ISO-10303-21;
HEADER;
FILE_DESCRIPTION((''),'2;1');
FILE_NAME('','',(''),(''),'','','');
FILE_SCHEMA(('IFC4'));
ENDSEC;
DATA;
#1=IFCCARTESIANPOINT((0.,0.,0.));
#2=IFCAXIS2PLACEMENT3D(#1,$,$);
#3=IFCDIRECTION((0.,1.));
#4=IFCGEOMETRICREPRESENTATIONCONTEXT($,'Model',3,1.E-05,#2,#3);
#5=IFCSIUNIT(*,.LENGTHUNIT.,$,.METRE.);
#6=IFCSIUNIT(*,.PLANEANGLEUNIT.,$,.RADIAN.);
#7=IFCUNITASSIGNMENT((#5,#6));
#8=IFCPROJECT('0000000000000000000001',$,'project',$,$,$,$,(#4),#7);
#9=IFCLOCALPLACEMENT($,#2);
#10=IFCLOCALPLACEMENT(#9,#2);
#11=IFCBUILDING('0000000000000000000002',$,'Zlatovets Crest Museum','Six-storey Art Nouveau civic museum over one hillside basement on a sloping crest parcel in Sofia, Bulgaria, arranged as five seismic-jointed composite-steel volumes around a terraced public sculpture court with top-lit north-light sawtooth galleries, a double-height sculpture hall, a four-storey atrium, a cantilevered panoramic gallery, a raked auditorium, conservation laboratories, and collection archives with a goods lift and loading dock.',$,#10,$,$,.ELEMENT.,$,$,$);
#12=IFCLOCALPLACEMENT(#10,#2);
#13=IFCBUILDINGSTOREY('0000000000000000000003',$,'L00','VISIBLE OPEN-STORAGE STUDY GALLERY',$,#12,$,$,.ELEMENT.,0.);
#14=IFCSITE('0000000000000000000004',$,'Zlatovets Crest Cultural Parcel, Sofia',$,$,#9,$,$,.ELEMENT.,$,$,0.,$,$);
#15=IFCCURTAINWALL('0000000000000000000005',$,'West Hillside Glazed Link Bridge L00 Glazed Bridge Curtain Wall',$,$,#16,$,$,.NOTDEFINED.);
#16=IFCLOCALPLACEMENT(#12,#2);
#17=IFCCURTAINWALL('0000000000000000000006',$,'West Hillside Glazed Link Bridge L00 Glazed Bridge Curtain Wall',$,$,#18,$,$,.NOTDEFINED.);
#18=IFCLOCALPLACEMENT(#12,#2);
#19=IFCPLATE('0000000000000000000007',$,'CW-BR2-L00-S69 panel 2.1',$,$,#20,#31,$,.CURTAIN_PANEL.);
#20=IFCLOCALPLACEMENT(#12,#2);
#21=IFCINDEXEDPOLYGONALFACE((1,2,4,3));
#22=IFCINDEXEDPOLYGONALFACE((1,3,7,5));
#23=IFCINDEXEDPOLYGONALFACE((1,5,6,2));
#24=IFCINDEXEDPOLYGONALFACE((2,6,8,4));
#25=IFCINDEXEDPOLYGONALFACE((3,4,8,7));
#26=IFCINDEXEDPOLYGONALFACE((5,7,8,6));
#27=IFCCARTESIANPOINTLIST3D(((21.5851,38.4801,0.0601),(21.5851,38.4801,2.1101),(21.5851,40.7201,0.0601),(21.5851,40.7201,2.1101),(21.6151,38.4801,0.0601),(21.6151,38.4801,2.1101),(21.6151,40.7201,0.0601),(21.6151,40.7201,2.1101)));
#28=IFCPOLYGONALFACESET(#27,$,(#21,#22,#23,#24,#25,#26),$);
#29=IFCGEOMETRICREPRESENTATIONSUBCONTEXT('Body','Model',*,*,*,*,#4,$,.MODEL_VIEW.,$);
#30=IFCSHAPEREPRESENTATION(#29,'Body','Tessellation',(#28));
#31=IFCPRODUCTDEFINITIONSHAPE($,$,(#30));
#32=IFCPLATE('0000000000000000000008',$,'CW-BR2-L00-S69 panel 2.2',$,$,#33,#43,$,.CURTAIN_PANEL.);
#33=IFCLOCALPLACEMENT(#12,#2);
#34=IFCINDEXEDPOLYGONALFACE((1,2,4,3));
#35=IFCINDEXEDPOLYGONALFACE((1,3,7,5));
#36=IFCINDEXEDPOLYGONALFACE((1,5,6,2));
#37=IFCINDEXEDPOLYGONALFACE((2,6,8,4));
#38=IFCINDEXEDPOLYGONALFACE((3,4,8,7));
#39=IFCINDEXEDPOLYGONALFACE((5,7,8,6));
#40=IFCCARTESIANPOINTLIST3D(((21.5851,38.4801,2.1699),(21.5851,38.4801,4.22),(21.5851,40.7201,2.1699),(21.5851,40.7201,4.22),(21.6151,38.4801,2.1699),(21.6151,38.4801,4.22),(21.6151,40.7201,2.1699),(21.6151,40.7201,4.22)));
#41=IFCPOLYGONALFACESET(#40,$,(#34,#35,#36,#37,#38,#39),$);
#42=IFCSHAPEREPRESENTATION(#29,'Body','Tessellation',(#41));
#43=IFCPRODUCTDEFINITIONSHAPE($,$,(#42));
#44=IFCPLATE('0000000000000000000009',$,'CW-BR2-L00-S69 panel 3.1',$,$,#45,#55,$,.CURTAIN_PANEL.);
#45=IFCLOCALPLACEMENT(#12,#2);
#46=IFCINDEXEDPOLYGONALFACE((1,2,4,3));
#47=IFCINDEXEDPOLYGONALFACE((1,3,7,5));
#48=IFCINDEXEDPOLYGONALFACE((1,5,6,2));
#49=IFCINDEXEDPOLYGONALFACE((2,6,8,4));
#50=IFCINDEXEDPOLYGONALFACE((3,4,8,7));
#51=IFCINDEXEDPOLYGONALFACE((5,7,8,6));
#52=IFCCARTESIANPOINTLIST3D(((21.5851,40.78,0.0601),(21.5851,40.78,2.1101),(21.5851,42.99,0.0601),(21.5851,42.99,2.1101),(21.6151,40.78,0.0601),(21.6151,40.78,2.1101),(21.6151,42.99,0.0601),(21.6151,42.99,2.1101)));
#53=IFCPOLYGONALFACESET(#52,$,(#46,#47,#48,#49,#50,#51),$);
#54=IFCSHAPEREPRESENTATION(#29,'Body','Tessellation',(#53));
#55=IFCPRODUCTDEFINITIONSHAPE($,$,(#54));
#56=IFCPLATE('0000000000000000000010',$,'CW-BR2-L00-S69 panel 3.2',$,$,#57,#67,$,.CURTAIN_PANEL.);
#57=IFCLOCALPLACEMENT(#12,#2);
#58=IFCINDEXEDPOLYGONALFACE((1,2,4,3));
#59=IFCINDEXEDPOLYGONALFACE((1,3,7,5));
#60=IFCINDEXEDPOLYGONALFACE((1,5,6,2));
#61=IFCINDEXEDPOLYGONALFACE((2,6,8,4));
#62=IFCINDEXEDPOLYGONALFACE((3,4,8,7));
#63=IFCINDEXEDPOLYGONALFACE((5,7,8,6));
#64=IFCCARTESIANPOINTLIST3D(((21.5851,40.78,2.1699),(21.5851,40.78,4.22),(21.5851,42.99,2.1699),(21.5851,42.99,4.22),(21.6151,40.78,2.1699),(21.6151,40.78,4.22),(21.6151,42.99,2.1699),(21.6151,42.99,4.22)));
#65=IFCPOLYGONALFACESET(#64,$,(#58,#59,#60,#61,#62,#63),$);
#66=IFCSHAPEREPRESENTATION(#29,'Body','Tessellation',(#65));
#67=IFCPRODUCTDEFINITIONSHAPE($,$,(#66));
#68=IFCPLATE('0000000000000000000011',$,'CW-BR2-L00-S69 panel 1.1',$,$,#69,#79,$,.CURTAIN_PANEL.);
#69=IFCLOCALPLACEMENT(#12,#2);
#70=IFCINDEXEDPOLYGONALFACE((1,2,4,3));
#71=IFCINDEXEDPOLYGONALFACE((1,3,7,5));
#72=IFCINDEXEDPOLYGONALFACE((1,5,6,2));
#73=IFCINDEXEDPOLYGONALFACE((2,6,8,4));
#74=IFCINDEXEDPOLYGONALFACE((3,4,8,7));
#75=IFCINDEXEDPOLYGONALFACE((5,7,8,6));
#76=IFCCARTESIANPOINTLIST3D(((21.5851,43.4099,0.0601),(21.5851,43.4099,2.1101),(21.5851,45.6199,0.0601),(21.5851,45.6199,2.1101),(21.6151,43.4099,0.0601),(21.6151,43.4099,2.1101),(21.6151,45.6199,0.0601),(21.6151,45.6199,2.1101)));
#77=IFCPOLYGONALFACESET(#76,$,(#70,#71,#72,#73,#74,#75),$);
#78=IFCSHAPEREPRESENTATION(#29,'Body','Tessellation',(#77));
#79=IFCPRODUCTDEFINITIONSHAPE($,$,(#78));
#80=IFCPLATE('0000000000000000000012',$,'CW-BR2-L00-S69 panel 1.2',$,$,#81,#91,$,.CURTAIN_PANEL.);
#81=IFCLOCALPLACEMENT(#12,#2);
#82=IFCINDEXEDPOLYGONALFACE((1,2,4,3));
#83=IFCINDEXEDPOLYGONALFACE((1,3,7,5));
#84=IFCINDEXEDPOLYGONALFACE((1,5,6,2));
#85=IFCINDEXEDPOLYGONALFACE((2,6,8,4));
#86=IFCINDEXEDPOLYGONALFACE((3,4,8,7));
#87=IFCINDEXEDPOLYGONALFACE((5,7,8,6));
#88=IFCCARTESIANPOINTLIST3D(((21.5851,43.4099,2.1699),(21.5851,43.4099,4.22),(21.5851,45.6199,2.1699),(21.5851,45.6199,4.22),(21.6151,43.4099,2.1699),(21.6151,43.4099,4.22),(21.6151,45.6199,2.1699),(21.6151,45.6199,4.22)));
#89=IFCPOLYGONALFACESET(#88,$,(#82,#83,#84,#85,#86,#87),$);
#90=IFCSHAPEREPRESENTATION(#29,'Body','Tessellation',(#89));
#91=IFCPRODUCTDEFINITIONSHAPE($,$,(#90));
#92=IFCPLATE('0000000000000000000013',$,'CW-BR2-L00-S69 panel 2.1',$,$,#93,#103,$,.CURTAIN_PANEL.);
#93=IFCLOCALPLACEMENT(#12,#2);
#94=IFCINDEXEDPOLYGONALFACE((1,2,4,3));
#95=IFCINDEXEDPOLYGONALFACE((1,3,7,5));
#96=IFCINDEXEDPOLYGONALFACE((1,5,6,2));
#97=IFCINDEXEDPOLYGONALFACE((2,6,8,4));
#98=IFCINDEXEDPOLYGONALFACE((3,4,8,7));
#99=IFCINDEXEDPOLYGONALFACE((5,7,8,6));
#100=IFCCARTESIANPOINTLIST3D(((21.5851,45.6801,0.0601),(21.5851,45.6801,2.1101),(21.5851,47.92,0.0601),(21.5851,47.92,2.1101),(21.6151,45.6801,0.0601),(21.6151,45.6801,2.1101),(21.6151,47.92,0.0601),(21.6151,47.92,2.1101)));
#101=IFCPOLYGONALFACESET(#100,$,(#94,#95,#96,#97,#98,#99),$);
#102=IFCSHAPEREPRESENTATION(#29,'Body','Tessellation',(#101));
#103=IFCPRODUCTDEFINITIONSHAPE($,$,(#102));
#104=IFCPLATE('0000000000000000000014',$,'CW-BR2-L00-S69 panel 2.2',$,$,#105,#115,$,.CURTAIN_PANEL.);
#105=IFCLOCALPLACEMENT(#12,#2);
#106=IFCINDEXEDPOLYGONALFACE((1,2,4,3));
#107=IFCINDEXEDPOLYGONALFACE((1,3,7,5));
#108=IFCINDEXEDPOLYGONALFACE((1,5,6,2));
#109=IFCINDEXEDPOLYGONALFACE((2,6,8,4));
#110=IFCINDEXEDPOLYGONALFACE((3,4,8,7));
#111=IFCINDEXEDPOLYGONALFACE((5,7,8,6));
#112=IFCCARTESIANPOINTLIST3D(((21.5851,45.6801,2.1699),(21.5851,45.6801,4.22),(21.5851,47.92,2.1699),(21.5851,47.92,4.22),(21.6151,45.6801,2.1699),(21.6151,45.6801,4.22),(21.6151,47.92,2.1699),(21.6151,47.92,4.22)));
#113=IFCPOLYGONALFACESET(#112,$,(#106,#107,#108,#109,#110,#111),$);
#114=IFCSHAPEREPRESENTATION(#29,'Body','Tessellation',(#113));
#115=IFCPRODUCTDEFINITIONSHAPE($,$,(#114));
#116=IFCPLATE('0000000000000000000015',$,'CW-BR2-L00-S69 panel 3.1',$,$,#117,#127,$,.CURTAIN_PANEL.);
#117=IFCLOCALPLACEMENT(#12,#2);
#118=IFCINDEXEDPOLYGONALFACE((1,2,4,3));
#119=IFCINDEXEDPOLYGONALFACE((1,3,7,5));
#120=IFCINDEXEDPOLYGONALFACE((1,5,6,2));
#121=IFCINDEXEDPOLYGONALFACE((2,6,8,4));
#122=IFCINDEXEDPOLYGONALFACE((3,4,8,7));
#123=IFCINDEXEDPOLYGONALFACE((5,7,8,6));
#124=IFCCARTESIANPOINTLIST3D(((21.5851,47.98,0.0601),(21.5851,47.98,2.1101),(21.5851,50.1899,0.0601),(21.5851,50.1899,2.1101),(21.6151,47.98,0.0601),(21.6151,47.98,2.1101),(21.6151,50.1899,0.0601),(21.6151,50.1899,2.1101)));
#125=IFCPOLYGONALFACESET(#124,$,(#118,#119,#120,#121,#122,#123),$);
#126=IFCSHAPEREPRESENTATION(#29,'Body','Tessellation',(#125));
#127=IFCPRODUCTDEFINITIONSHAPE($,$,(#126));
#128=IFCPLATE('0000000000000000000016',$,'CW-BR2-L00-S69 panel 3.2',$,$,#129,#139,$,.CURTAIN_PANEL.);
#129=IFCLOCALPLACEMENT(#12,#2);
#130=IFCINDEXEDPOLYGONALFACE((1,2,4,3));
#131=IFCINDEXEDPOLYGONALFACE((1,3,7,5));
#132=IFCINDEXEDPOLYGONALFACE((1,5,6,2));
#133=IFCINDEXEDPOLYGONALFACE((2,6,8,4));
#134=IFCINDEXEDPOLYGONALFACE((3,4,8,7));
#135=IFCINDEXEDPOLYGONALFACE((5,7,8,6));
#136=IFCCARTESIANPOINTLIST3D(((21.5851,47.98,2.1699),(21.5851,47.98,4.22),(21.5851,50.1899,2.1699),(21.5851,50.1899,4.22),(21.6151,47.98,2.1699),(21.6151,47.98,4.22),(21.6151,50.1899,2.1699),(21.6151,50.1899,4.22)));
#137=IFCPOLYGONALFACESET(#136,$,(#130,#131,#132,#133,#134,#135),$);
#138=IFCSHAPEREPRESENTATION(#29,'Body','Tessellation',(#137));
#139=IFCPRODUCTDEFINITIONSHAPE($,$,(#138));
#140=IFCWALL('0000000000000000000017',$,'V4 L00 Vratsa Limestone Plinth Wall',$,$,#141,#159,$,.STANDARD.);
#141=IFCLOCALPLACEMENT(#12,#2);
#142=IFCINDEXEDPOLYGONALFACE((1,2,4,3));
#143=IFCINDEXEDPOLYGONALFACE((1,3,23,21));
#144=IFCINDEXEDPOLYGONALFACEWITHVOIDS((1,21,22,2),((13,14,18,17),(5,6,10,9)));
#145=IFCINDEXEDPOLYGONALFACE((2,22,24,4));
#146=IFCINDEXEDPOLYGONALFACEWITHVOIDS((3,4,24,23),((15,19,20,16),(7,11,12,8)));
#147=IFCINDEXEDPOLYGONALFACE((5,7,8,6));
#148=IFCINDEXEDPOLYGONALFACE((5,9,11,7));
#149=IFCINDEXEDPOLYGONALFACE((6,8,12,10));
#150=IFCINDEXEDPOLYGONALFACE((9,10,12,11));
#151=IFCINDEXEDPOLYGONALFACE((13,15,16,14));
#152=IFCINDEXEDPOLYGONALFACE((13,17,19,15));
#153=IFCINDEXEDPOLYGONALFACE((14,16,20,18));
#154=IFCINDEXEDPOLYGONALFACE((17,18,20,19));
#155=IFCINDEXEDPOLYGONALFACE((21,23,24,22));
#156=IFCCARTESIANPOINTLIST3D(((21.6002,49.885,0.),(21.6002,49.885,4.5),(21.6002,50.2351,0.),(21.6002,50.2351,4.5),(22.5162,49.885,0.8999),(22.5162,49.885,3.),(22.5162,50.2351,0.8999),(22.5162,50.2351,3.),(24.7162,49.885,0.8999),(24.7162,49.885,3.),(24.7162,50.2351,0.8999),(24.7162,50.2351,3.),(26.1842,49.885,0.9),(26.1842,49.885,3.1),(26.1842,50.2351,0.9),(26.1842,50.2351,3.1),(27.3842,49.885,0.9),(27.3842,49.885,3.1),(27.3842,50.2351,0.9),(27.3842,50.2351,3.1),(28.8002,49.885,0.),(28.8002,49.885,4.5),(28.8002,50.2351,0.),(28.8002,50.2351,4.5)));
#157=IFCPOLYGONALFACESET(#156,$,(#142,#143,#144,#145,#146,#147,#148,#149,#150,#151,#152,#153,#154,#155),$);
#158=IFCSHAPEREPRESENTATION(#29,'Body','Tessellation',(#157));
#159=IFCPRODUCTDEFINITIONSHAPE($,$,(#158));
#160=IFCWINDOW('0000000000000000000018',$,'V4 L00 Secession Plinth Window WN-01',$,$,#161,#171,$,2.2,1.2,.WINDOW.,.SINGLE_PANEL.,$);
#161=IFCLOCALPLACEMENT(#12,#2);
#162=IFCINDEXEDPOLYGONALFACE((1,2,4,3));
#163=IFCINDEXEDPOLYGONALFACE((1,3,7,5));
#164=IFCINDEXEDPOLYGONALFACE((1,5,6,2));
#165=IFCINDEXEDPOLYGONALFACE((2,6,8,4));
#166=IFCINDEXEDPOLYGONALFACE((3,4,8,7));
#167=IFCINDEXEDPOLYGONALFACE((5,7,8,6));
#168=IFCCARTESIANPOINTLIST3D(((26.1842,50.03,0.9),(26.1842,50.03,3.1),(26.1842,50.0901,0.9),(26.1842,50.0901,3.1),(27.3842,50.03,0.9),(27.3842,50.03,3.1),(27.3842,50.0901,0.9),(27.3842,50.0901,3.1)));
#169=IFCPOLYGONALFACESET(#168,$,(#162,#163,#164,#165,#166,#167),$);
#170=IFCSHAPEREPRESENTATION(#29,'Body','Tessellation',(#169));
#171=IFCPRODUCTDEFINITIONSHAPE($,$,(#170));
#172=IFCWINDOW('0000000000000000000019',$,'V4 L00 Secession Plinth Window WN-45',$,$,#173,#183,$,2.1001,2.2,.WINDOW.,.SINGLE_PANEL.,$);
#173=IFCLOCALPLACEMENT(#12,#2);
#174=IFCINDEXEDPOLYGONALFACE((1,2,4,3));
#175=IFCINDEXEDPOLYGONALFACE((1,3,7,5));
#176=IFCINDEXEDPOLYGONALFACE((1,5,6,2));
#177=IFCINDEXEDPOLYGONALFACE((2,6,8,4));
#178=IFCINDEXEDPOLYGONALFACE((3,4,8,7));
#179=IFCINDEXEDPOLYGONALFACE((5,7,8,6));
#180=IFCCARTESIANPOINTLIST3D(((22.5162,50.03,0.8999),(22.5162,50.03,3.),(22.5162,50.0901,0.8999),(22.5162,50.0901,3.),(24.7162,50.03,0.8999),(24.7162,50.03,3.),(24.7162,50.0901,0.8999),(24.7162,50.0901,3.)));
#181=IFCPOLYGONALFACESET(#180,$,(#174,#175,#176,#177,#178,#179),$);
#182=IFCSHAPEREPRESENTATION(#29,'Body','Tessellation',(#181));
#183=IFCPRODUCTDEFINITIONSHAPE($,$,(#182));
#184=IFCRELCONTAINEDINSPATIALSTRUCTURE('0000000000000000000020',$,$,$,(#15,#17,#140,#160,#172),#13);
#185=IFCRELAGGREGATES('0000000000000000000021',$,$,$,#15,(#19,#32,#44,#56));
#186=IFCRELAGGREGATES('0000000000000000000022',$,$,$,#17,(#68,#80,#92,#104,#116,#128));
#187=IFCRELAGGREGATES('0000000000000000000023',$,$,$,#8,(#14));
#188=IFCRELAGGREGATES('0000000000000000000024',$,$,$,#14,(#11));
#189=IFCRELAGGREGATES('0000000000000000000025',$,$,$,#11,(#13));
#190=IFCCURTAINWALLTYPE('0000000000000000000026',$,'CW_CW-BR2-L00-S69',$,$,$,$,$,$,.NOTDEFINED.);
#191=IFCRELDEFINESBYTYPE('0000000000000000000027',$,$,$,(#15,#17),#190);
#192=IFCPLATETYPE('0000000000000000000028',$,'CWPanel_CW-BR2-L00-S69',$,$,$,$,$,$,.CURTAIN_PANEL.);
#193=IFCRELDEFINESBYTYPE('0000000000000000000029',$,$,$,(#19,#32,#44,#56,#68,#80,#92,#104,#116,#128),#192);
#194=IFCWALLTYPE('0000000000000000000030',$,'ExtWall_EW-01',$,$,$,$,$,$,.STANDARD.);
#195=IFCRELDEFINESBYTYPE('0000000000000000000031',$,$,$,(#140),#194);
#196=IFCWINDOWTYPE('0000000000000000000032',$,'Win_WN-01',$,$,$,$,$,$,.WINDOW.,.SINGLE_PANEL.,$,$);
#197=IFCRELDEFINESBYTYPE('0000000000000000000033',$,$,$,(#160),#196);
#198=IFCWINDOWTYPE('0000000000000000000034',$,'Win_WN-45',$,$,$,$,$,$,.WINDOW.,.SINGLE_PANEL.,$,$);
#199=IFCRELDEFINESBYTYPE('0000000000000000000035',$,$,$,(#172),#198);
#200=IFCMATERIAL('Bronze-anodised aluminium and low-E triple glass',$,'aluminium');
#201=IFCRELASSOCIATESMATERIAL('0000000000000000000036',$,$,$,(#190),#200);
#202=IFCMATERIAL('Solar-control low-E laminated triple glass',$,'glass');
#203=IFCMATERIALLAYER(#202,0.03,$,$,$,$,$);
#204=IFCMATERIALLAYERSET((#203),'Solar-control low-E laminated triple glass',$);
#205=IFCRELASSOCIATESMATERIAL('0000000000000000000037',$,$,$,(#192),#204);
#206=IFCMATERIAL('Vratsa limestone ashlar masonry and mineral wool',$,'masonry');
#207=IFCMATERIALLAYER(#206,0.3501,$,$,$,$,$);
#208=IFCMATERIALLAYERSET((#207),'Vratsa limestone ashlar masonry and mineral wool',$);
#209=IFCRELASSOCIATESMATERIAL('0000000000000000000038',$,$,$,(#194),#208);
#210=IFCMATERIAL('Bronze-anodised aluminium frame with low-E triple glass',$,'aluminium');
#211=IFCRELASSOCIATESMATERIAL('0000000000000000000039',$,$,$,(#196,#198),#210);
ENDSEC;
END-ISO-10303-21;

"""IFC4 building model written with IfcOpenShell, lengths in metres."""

from ifc_helpers import new_model, si_unit, direction, frame, frame_2d, origin, origin_2d, place, context, subcontext, project, spatial, rectangle, extrude, material, layer, layer_set, type_object, element, fill, aggregate, save


model = new_model("IFC4")

# Units and contexts
model_context = context("Model", 3, precision=1e-05, world=origin(), true_north=direction((0.0, 1.0)))
body_context = subcontext(model_context, "Body", "Model", "MODEL_VIEW")
ifc_project = project(units=[si_unit("LENGTHUNIT", "METRE"), si_unit("PLANEANGLEUNIT", "RADIAN")], contexts=[model_context])

# Site, building, storey
site_placement = place(None, origin())
site = spatial("IfcSite", under=ifc_project, at=site_placement, Name="Zlatovets Crest Cultural Parcel, Sofia", CompositionType="ELEMENT", RefElevation=0.0)
building_placement = place(site_placement, origin())
building = spatial("IfcBuilding", under=site, at=building_placement, Name="Zlatovets Crest Museum", Description="Six-storey Art Nouveau civic museum over one hillside basement on a sloping crest parcel in Sofia, Bulgaria, arranged as five seismic-jointed composite-steel volumes around a terraced public sculpture court with top-lit north-light sawtooth galleries, a double-height sculpture hall, a four-storey atrium, a cantilevered panoramic gallery, a raked auditorium, conservation laboratories, and collection archives with a goods lift and loading dock.", CompositionType="ELEMENT")
storey_placement = place(building_placement, origin())
storey = spatial("IfcBuildingStorey", under=building, at=storey_placement, Name="L00", Description="VISIBLE OPEN-STORAGE STUDY GALLERY", CompositionType="ELEMENT", Elevation=0.0)

# Curtain walls
ifc_material_1 = material(Name="Bronze-anodised aluminium and low-E triple glass", Category="aluminium")
curtain_wall_type = type_object("IfcCurtainWallType", Name="CW_CW-BR2-L00-S69", PredefinedType="NOTDEFINED", material=ifc_material_1)
curtain_wall_1_placement = place(storey_placement, origin())
curtain_wall_1 = element("IfcCurtainWall", 1, at=curtain_wall_1_placement, inside=storey, type_object=curtain_wall_type, Name="West Hillside Glazed Link Bridge L00 Glazed Bridge Curtain Wall", PredefinedType="NOTDEFINED")
curtain_wall_2_placement = place(storey_placement, origin())
curtain_wall_2 = element("IfcCurtainWall", 2, at=curtain_wall_2_placement, inside=storey, type_object=curtain_wall_type, Name="West Hillside Glazed Link Bridge L00 Glazed Bridge Curtain Wall", PredefinedType="NOTDEFINED")

# Plates
ifc_material_2 = material(Name="Solar-control low-E laminated triple glass", Category="glass")
ifc_layer_1 = layer(ifc_material_2, 0.03)
ifc_layer_set_1 = layer_set([ifc_layer_1], Name="Solar-control low-E laminated triple glass")
plate_type = type_object("IfcPlateType", Name="CWPanel_CW-BR2-L00-S69", PredefinedType="CURTAIN_PANEL", material=ifc_layer_set_1)
plate_1_placement = place(storey_placement, frame((21.6001, 39.6001, 0.0601), z_axis=(0.0, 0.0, 1.0), x_axis=(0.0, 1.0, 0.0)))
plate_1 = element("IfcPlate", 3, at=plate_1_placement, type_object=plate_type, Name="CW-BR2-L00-S69 panel 2.1", PredefinedType="CURTAIN_PANEL", context=body_context, shape_type="SweptSolid", body=[
    extrude(rectangle(XDim=2.24, YDim=0.03, at=origin_2d()), origin(), (0.0, 0.0, 1.0), 2.05),
])
plate_2_placement = place(storey_placement, frame((21.6001, 39.6001, 2.1699), z_axis=(0.0, 0.0, 1.0), x_axis=(0.0, 1.0, 0.0)))
plate_2 = element("IfcPlate", 4, at=plate_2_placement, type_object=plate_type, Name="CW-BR2-L00-S69 panel 2.2", PredefinedType="CURTAIN_PANEL", context=body_context, shape_type="SweptSolid", body=[
    extrude(rectangle(XDim=2.24, YDim=0.03, at=origin_2d()), origin(), (0.0, 0.0, 1.0), 2.05),
])
plate_3_placement = place(storey_placement, frame((21.6001, 41.885, 0.0601), z_axis=(0.0, 0.0, 1.0), x_axis=(0.0, 1.0, 0.0)))
plate_3 = element("IfcPlate", 5, at=plate_3_placement, type_object=plate_type, Name="CW-BR2-L00-S69 panel 3.1", PredefinedType="CURTAIN_PANEL", context=body_context, shape_type="SweptSolid", body=[
    extrude(rectangle(XDim=2.21, YDim=0.03, at=origin_2d()), origin(), (0.0, 0.0, 1.0), 2.05),
])
plate_4_placement = place(storey_placement, frame((21.6001, 41.885, 2.1699), z_axis=(0.0, 0.0, 1.0), x_axis=(0.0, 1.0, 0.0)))
plate_4 = element("IfcPlate", 6, at=plate_4_placement, type_object=plate_type, Name="CW-BR2-L00-S69 panel 3.2", PredefinedType="CURTAIN_PANEL", context=body_context, shape_type="SweptSolid", body=[
    extrude(rectangle(XDim=2.21, YDim=0.03, at=origin_2d()), origin(), (0.0, 0.0, 1.0), 2.05),
])
aggregate(curtain_wall_1, [plate_1, plate_2, plate_3, plate_4])
plate_5_placement = place(storey_placement, frame((21.6001, 44.5149, 0.0601), z_axis=(0.0, 0.0, 1.0), x_axis=(0.0, 1.0, 0.0)))
plate_5 = element("IfcPlate", 7, at=plate_5_placement, type_object=plate_type, Name="CW-BR2-L00-S69 panel 1.1", PredefinedType="CURTAIN_PANEL", context=body_context, shape_type="SweptSolid", body=[
    extrude(rectangle(XDim=2.21, YDim=0.03, at=origin_2d()), origin(), (0.0, 0.0, 1.0), 2.05),
])
plate_6_placement = place(storey_placement, frame((21.6001, 44.5149, 2.1699), z_axis=(0.0, 0.0, 1.0), x_axis=(0.0, 1.0, 0.0)))
plate_6 = element("IfcPlate", 8, at=plate_6_placement, type_object=plate_type, Name="CW-BR2-L00-S69 panel 1.2", PredefinedType="CURTAIN_PANEL", context=body_context, shape_type="SweptSolid", body=[
    extrude(rectangle(XDim=2.21, YDim=0.03, at=origin_2d()), origin(), (0.0, 0.0, 1.0), 2.05),
])
plate_7_placement = place(storey_placement, frame((21.6001, 46.8, 0.0601), z_axis=(0.0, 0.0, 1.0), x_axis=(0.0, 1.0, 0.0)))
plate_7 = element("IfcPlate", 9, at=plate_7_placement, type_object=plate_type, Name="CW-BR2-L00-S69 panel 2.1", PredefinedType="CURTAIN_PANEL", context=body_context, shape_type="SweptSolid", body=[
    extrude(rectangle(XDim=2.24, YDim=0.03, at=origin_2d()), origin(), (0.0, 0.0, 1.0), 2.05),
])
plate_8_placement = place(storey_placement, frame((21.6001, 46.8, 2.1699), z_axis=(0.0, 0.0, 1.0), x_axis=(0.0, 1.0, 0.0)))
plate_8 = element("IfcPlate", 10, at=plate_8_placement, type_object=plate_type, Name="CW-BR2-L00-S69 panel 2.2", PredefinedType="CURTAIN_PANEL", context=body_context, shape_type="SweptSolid", body=[
    extrude(rectangle(XDim=2.24, YDim=0.03, at=origin_2d()), origin(), (0.0, 0.0, 1.0), 2.05),
])
plate_9_placement = place(storey_placement, frame((21.6001, 49.085, 0.0601), z_axis=(0.0, 0.0, 1.0), x_axis=(0.0, 1.0, 0.0)))
plate_9 = element("IfcPlate", 11, at=plate_9_placement, type_object=plate_type, Name="CW-BR2-L00-S69 panel 3.1", PredefinedType="CURTAIN_PANEL", context=body_context, shape_type="SweptSolid", body=[
    extrude(rectangle(XDim=2.21, YDim=0.03, at=origin_2d()), origin(), (0.0, 0.0, 1.0), 2.05),
])
plate_10_placement = place(storey_placement, frame((21.6001, 49.085, 2.1699), z_axis=(0.0, 0.0, 1.0), x_axis=(0.0, 1.0, 0.0)))
plate_10 = element("IfcPlate", 12, at=plate_10_placement, type_object=plate_type, Name="CW-BR2-L00-S69 panel 3.2", PredefinedType="CURTAIN_PANEL", context=body_context, shape_type="SweptSolid", body=[
    extrude(rectangle(XDim=2.21, YDim=0.03, at=origin_2d()), origin(), (0.0, 0.0, 1.0), 2.05),
])
aggregate(curtain_wall_2, [plate_5, plate_6, plate_7, plate_8, plate_9, plate_10])

# Wall, openings, windows
ifc_material_3 = material(Name="Vratsa limestone ashlar masonry and mineral wool", Category="masonry")
ifc_layer_2 = layer(ifc_material_3, 0.3501)
ifc_layer_set_2 = layer_set([ifc_layer_2], Name="Vratsa limestone ashlar masonry and mineral wool")
wall_type = type_object("IfcWallType", Name="ExtWall_EW-01", PredefinedType="STANDARD", material=ifc_layer_set_2)
wall_placement = place(storey_placement, frame((21.6001, 50.0601, 0.0), z_axis=(0.0, 0.0, 1.0), x_axis=(1.0, 0.0, 0.0)))
wall = element("IfcWall", 13, at=wall_placement, inside=storey, type_object=wall_type, Name="V4 L00 Vratsa Limestone Plinth Wall", PredefinedType="STANDARD", context=body_context, shape_type="SweptSolid", body=[
    extrude(rectangle(XDim=7.2, YDim=0.3501, at=frame_2d((3.6001, 0.0))), origin(), (0.0, 0.0, 1.0), 4.5),
])
opening_1_placement = place(wall_placement, frame((0.916, 0.0, 0.8999)))
opening_1 = element("IfcOpeningElement", 14, at=opening_1_placement, cuts=wall, PredefinedType="OPENING", context=body_context, shape_type="SweptSolid", body=[
    extrude(rectangle(XDim=2.2, YDim=2.1001, at=frame_2d((1.1001, 1.05))), frame((0.0, 0.1851, 0.0), z_axis=(0.0, -1.0, 0.0), x_axis=(1.0, 0.0, 0.0)), (0.0, 0.0, 1.0), 0.3701),
])
opening_2_placement = place(wall_placement, frame((4.584, 0.0, 0.8999)))
opening_2 = element("IfcOpeningElement", 15, at=opening_2_placement, cuts=wall, PredefinedType="OPENING", context=body_context, shape_type="SweptSolid", body=[
    extrude(rectangle(XDim=1.2, YDim=2.2, at=frame_2d((0.6001, 1.1001))), frame((0.0, 0.1851, 0.0), z_axis=(0.0, -1.0, 0.0), x_axis=(1.0, 0.0, 0.0)), (0.0, 0.0, 1.0), 0.3701),
])
ifc_material_4 = material(Name="Bronze-anodised aluminium frame with low-E triple glass", Category="aluminium")
window_type_1 = type_object("IfcWindowType", Name="Win_WN-01", PartitioningType="SINGLE_PANEL", PredefinedType="WINDOW", material=ifc_material_4)
window_1_placement = place(opening_2_placement, origin())
window_1 = element("IfcWindow", 16, at=window_1_placement, inside=storey, type_object=window_type_1, Name="V4 L00 Secession Plinth Window WN-01", OverallHeight=2.2, OverallWidth=1.2, PartitioningType="SINGLE_PANEL", PredefinedType="WINDOW", context=body_context, shape_type="SweptSolid", body=[
    extrude(rectangle(XDim=1.2, YDim=2.2, at=frame_2d((0.6001, 1.1001))), frame((0.0, 0.03, 0.0), z_axis=(0.0, -1.0, 0.0), x_axis=(1.0, 0.0, 0.0)), (0.0, 0.0, 1.0), 0.0601),
])
fill(opening_2, window_1)
window_type_2 = type_object("IfcWindowType", Name="Win_WN-45", PartitioningType="SINGLE_PANEL", PredefinedType="WINDOW", material=ifc_material_4)
window_2_placement = place(opening_1_placement, origin())
window_2 = element("IfcWindow", 17, at=window_2_placement, inside=storey, type_object=window_type_2, Name="V4 L00 Secession Plinth Window WN-45", OverallHeight=2.1001, OverallWidth=2.2, PartitioningType="SINGLE_PANEL", PredefinedType="WINDOW", context=body_context, shape_type="SweptSolid", body=[
    extrude(rectangle(XDim=2.2, YDim=2.1001, at=frame_2d((1.1001, 1.05))), frame((0.0, 0.03, 0.0), z_axis=(0.0, -1.0, 0.0), x_axis=(1.0, 0.0, 0.0)), (0.0, 0.0, 1.0), 0.0601),
])
fill(opening_1, window_2)

save(model, "model.ifc")
